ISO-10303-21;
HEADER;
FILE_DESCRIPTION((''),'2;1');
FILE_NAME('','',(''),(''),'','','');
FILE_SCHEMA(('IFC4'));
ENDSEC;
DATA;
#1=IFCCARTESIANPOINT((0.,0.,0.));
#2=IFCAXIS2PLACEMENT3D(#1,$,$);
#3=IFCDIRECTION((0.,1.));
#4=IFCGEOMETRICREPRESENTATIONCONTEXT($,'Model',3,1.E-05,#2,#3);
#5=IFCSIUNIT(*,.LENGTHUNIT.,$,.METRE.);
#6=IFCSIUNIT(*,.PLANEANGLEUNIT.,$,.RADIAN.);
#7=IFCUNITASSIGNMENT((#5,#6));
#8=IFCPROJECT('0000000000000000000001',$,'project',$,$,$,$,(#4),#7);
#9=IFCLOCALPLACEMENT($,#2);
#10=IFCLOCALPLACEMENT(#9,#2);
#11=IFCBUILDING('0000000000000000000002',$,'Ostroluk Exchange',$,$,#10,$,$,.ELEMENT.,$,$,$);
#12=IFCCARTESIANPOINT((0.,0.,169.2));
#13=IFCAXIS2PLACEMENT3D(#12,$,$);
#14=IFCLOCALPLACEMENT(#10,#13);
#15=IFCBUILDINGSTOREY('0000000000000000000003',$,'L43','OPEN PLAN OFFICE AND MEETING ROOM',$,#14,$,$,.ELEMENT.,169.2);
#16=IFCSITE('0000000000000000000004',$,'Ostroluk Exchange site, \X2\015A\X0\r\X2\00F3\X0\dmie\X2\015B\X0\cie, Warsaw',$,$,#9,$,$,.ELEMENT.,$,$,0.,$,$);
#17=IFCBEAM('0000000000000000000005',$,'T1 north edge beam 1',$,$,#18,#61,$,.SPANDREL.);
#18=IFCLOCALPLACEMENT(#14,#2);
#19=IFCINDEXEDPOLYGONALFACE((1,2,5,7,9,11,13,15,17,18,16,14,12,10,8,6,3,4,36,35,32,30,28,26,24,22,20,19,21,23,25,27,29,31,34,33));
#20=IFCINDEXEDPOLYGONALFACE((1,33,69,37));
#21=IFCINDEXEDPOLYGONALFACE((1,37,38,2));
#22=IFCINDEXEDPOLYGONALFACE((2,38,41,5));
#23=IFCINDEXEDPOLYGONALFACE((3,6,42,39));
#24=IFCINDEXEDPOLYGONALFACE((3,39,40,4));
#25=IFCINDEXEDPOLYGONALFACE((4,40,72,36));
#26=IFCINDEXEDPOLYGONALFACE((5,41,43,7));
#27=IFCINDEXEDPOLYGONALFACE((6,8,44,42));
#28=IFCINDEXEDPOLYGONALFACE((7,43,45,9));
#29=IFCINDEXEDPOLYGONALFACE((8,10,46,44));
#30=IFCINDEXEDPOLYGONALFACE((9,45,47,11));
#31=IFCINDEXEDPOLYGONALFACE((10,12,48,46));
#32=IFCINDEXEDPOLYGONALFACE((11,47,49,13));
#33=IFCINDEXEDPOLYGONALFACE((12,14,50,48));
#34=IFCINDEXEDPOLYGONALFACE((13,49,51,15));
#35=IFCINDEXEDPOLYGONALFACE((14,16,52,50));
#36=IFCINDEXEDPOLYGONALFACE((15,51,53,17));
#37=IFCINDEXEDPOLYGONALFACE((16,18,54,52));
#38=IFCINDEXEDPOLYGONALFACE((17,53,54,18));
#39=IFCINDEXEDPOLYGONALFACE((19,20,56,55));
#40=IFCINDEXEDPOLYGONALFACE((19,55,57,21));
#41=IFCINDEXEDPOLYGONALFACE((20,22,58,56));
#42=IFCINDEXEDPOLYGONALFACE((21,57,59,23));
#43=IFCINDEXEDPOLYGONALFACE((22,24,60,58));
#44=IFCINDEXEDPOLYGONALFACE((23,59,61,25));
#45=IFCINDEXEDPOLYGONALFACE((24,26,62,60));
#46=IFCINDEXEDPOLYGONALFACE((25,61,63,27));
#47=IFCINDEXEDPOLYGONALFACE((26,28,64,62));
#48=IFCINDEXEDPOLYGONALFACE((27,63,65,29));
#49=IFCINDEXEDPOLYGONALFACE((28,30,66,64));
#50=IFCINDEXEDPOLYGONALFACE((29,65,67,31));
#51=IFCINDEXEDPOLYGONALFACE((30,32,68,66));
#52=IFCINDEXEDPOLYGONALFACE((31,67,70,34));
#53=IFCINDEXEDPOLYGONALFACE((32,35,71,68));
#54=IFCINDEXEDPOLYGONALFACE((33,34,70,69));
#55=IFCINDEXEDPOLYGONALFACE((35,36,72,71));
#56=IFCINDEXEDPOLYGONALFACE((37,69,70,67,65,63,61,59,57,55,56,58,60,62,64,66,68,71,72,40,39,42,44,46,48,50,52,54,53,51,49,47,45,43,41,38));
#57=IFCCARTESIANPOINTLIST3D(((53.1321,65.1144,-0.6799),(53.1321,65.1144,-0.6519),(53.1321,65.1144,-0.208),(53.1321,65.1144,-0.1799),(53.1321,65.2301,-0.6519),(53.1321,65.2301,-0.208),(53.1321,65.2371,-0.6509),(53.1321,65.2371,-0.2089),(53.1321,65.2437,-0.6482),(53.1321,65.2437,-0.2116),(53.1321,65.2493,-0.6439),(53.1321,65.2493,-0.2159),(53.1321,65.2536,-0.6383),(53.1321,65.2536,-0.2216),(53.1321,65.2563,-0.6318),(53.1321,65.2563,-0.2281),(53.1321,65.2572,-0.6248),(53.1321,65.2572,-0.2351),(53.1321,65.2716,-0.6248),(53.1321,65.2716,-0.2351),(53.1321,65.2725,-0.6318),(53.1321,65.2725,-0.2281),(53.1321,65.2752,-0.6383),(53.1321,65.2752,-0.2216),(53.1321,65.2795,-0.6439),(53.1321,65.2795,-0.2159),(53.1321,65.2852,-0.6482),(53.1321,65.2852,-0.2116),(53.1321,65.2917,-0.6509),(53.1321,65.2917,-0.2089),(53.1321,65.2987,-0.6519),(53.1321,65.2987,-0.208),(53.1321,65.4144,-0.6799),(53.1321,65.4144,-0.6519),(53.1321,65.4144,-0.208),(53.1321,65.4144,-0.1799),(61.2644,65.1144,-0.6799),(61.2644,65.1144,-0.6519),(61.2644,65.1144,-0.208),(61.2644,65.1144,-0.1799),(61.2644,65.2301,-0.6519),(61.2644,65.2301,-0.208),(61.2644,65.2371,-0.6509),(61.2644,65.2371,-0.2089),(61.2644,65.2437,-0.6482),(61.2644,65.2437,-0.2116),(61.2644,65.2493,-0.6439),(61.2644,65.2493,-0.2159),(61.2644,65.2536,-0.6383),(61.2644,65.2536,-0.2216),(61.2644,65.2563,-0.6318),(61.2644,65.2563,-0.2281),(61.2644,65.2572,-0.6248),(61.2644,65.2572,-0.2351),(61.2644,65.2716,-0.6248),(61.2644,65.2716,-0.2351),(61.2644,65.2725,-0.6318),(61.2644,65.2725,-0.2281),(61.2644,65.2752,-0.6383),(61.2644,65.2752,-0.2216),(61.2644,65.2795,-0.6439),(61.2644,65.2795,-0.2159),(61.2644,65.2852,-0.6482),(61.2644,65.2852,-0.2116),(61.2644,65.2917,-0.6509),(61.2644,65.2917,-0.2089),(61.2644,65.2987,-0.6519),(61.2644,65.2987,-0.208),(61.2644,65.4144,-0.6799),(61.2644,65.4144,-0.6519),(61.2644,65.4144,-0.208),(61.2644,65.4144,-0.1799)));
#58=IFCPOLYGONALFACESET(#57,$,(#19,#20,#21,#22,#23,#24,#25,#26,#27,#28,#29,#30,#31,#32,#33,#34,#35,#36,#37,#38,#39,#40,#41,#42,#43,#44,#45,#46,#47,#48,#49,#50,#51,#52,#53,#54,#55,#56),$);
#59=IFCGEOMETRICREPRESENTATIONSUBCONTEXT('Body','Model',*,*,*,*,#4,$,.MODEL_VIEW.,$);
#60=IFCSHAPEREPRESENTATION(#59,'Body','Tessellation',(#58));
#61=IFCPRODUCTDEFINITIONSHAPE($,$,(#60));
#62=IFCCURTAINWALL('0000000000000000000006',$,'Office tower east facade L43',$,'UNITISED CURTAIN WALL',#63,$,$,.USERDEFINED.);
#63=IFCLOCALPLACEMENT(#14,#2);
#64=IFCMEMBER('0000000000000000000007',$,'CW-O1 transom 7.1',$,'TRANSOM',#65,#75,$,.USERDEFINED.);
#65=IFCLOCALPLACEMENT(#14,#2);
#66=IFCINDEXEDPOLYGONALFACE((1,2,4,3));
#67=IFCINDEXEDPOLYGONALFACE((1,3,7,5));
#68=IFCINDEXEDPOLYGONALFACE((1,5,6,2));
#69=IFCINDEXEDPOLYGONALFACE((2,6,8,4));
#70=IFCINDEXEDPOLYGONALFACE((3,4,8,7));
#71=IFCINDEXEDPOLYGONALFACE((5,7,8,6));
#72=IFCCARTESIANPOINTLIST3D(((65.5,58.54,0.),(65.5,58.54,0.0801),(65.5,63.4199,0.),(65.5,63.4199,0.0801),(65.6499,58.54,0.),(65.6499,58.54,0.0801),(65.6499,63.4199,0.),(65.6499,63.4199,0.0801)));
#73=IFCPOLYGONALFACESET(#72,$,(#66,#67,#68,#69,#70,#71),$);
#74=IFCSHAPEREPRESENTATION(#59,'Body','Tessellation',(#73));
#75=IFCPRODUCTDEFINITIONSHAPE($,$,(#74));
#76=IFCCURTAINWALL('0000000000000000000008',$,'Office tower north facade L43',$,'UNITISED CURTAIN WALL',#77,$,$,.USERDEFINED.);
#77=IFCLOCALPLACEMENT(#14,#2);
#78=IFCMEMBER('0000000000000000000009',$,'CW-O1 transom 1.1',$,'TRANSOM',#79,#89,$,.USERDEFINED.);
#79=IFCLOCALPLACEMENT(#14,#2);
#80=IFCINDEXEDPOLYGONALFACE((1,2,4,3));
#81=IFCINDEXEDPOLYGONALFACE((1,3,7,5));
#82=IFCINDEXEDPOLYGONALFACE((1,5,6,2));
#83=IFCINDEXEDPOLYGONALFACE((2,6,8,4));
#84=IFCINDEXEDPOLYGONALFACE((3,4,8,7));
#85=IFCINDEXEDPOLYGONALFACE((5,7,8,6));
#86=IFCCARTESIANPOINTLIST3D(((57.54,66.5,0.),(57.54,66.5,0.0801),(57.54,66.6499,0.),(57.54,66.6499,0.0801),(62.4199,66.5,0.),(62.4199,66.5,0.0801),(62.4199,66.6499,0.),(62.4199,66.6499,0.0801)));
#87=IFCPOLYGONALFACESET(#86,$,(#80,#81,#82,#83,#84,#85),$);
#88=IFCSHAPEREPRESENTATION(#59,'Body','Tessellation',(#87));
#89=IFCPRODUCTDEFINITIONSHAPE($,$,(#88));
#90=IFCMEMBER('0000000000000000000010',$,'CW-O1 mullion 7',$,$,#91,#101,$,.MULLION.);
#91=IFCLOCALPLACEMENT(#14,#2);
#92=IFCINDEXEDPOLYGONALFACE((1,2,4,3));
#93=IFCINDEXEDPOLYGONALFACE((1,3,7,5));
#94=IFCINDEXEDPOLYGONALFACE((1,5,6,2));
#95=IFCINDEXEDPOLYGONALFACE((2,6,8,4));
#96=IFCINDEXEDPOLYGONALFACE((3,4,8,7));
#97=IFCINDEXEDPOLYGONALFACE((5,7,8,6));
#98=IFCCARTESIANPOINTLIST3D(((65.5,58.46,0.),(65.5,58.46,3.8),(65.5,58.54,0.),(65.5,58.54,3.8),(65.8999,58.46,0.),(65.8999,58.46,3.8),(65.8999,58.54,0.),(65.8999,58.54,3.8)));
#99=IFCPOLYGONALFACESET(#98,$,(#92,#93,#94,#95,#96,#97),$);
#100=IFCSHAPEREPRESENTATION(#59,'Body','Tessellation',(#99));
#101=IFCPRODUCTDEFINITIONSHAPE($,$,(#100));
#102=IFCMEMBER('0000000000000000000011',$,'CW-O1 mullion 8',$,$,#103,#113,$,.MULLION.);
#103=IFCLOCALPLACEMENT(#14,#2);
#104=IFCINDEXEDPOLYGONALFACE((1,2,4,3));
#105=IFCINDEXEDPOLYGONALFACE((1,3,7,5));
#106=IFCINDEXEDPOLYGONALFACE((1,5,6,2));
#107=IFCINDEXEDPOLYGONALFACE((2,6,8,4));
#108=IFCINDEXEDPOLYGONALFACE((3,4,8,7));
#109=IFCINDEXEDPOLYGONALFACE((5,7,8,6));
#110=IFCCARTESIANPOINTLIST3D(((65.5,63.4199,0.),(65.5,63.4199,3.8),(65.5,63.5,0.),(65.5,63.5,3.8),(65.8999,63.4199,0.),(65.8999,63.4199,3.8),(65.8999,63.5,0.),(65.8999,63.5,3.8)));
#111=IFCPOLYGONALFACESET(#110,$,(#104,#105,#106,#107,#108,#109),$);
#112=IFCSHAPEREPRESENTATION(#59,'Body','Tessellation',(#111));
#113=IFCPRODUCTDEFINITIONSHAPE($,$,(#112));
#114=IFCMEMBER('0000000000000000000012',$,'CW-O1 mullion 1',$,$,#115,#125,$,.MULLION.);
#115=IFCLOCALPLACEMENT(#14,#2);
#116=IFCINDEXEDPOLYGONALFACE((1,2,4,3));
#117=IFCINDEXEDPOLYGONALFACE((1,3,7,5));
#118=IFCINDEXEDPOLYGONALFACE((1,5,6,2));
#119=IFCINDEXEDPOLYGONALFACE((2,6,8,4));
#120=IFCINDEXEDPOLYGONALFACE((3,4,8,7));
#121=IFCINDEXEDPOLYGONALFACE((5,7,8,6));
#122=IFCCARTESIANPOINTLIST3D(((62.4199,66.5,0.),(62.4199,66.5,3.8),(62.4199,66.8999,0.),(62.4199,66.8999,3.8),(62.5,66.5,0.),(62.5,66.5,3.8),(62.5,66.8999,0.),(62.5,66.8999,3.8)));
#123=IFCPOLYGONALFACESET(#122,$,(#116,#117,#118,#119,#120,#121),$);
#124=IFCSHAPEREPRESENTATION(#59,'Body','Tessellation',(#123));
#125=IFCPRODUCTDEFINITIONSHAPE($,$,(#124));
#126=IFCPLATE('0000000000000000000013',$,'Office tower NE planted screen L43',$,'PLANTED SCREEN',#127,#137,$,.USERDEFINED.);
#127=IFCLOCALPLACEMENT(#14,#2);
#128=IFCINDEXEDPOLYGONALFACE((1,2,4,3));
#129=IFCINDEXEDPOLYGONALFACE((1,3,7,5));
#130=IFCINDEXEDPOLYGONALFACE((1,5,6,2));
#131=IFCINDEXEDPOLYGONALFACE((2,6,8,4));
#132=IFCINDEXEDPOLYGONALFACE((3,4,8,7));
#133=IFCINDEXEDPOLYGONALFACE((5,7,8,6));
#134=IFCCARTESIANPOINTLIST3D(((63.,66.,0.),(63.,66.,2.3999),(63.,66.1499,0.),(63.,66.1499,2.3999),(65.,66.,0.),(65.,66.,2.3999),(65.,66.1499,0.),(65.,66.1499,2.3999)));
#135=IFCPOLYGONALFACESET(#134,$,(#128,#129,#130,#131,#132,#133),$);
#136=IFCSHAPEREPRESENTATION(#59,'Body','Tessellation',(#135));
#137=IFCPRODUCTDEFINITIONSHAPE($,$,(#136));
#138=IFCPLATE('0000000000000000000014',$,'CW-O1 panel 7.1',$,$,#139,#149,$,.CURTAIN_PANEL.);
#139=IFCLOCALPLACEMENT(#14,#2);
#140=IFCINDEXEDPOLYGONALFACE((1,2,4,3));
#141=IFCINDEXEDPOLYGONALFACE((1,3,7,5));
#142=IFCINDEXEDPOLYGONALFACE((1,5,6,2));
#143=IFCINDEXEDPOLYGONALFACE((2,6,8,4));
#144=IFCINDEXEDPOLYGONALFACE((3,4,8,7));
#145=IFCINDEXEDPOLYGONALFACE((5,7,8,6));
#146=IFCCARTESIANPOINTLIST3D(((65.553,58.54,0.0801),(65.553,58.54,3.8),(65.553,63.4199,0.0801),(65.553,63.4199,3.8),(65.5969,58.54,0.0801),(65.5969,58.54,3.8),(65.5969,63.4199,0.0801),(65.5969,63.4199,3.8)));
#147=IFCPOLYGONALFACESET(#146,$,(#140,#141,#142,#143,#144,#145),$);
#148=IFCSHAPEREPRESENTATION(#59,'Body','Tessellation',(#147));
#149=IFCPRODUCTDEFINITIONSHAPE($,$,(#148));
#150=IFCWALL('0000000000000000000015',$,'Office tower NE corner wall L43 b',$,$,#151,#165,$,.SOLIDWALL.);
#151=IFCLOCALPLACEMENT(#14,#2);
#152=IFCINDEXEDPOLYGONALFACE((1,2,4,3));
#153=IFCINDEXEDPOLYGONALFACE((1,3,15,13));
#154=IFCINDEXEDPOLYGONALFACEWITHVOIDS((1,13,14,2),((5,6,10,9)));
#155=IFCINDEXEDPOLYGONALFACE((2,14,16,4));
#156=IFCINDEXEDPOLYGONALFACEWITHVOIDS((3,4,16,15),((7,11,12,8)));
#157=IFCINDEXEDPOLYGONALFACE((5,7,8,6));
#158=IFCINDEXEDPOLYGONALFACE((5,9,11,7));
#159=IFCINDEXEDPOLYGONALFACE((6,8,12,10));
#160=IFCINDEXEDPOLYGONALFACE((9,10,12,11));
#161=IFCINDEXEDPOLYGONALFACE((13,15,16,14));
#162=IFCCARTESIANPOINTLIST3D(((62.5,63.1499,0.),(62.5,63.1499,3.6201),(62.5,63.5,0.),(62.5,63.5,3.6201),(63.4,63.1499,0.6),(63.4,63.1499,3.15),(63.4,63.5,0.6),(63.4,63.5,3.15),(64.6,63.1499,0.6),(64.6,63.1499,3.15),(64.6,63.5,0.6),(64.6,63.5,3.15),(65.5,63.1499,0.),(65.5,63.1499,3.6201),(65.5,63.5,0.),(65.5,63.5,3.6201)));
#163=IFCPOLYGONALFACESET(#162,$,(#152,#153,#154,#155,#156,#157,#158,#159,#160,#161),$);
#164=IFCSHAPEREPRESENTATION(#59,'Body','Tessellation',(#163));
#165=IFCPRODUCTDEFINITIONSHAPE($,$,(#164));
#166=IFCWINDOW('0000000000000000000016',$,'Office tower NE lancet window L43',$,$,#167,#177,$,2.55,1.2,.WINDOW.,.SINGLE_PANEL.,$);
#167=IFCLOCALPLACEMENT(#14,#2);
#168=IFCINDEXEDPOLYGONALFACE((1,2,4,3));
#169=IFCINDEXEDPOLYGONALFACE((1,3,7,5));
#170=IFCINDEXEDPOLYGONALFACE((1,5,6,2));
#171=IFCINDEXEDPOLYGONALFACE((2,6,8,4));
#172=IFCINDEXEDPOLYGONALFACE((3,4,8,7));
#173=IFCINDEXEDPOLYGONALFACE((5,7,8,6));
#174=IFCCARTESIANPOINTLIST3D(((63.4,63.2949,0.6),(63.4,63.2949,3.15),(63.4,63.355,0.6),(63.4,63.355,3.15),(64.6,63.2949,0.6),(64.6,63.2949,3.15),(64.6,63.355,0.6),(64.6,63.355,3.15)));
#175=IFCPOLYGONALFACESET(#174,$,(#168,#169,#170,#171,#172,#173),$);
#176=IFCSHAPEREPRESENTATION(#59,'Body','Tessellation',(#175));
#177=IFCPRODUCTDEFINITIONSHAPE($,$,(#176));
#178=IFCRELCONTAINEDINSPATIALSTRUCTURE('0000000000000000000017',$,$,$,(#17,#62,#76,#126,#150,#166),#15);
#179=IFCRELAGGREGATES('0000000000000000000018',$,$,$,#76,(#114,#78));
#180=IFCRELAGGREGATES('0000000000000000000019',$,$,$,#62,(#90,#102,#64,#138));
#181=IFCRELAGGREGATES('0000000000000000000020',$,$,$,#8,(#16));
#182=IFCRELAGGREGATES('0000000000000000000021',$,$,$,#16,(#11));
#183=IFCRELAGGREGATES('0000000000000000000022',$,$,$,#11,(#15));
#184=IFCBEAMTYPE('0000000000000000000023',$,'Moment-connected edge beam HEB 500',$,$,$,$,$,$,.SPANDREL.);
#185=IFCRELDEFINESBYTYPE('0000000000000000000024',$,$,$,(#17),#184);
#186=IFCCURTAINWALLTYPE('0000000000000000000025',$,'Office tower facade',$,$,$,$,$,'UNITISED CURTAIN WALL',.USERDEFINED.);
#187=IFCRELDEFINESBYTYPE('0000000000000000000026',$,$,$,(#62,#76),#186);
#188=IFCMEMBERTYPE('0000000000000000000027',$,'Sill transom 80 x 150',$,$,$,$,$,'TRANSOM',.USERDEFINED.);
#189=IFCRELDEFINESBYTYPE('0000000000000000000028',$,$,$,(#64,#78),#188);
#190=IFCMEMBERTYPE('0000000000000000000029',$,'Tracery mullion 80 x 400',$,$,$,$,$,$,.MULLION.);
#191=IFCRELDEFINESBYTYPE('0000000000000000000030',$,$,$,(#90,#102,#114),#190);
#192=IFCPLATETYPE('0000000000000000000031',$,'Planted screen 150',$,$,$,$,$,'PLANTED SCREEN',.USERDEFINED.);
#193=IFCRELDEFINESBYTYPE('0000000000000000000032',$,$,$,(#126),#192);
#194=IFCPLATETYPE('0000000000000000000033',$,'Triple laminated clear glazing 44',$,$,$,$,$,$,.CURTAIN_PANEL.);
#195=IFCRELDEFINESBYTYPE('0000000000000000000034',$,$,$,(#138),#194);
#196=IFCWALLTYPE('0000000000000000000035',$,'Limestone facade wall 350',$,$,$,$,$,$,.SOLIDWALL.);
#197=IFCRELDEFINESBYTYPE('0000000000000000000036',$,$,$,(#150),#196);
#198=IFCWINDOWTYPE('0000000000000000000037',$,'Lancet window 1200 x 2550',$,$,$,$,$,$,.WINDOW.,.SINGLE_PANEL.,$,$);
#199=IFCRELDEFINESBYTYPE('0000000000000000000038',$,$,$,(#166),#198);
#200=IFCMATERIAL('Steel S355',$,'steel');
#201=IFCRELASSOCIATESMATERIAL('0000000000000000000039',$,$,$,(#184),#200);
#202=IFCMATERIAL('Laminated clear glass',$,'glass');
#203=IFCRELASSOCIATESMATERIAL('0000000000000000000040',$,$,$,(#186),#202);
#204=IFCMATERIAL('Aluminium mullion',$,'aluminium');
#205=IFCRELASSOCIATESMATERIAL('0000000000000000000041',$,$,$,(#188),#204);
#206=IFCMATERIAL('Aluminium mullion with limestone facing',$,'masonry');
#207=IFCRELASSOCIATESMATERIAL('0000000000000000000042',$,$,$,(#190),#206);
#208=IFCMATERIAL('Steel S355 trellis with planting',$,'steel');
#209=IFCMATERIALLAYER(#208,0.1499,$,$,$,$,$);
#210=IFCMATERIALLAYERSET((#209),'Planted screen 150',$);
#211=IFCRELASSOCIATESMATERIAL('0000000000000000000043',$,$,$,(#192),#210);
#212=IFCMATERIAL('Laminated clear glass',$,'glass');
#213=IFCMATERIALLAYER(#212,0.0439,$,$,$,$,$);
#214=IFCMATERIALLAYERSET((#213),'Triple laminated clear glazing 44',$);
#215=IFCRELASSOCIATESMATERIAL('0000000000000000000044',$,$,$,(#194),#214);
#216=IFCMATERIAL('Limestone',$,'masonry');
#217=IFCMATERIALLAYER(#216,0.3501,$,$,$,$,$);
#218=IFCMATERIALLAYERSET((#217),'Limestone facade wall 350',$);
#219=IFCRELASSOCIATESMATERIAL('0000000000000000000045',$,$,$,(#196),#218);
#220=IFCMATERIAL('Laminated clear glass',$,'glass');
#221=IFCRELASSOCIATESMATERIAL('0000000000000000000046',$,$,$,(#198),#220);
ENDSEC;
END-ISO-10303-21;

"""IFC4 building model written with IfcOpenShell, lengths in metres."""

from ifc_helpers import new_model, si_unit, direction, frame, frame_2d, origin, origin_2d, place, context, subcontext, project, spatial, rectangle, i_section, extrude, material, layer, layer_set, material_profile, profile_set, type_object, element, fill, aggregate, save


model = new_model("IFC4")

# Units and contexts
model_context = context("Model", 3, precision=1e-05, world=origin(), true_north=direction((0.0, 1.0)))
body_context = subcontext(model_context, "Body", "Model", "MODEL_VIEW")
ifc_project = project(units=[si_unit("LENGTHUNIT", "METRE"), si_unit("PLANEANGLEUNIT", "RADIAN")], contexts=[model_context])

# Site, building, storey
site_placement = place(None, origin())
site = spatial("IfcSite", under=ifc_project, at=site_placement, Name="Ostroluk Exchange site, Śródmieście, Warsaw", CompositionType="ELEMENT", RefElevation=0.0)
building_placement = place(site_placement, origin())
building = spatial("IfcBuilding", under=site, at=building_placement, Name="Ostroluk Exchange", CompositionType="ELEMENT")
storey_placement = place(building_placement, frame((0.0, 0.0, 169.2)))
storey = spatial("IfcBuildingStorey", under=building, at=storey_placement, Name="L43", Description="OPEN PLAN OFFICE AND MEETING ROOM", CompositionType="ELEMENT", Elevation=169.2)

# Beam
ifc_material_1 = material(Name="Steel S355", Category="steel")
ifc_material_profile_1 = material_profile(ifc_material_1, i_section(OverallWidth=0.3, OverallDepth=0.5, WebThickness=0.0144, FlangeThickness=0.0281, FilletRadius=0.0271, at=origin_2d()), Name="HEB 500")
ifc_profile_set_1 = profile_set([ifc_material_profile_1], Name="Steel S355")
beam_type_1 = type_object("IfcBeamType", Name="Moment-connected edge beam HEB 500", PredefinedType="SPANDREL", material=ifc_profile_set_1)
beam_1_placement = place(storey_placement, frame((61.2644, 65.2644, -0.4299), z_axis=(-1.0, 0.0, 0.0), x_axis=(0.0, -1.0, 0.0)))
element("IfcBeam", 1, at=beam_1_placement, inside=storey, type_object=beam_type_1, Name="T1 north edge beam 1", PredefinedType="SPANDREL", context=body_context, shape_type="SweptSolid", body=[
    extrude(i_section(OverallWidth=0.3, OverallDepth=0.5, WebThickness=0.0144, FlangeThickness=0.0281, FilletRadius=0.0271, at=origin_2d()), origin(), (0.0, 0.0, 1.0), 8.1323),
])

# Curtain walls, members
ifc_material_2 = material(Name="Laminated clear glass", Category="glass")
curtain_wall_type = type_object("IfcCurtainWallType", Name="Office tower facade", ElementType="UNITISED CURTAIN WALL", PredefinedType="USERDEFINED", material=ifc_material_2)
curtain_wall_1_placement = place(storey_placement, origin())
curtain_wall_1 = element("IfcCurtainWall", 2, at=curtain_wall_1_placement, inside=storey, type_object=curtain_wall_type, Name="Office tower east facade L43", ObjectType="UNITISED CURTAIN WALL", PredefinedType="USERDEFINED")
ifc_material_3 = material(Name="Aluminium mullion", Category="aluminium")
ifc_material_profile_2 = material_profile(ifc_material_3, rectangle(XDim=0.1499, YDim=0.0801, at=origin_2d()), Name="Sill transom 80 x 150")
ifc_profile_set_2 = profile_set([ifc_material_profile_2], Name="Aluminium mullion")
member_type_1 = type_object("IfcMemberType", Name="Sill transom 80 x 150", ElementType="TRANSOM", PredefinedType="USERDEFINED", material=ifc_profile_set_2)
member_1_placement = place(storey_placement, frame((65.575, 58.54, 0.04), z_axis=(0.0, 1.0, 0.0), x_axis=(-1.0, 0.0, 0.0)))
member_1 = element("IfcMember", 3, at=member_1_placement, type_object=member_type_1, Name="CW-O1 transom 7.1", ObjectType="TRANSOM", PredefinedType="USERDEFINED", context=body_context, shape_type="SweptSolid", body=[
    extrude(rectangle(XDim=0.1499, YDim=0.0801, at=origin_2d()), origin(), (0.0, 0.0, 1.0), 4.8799),
])
curtain_wall_2_placement = place(storey_placement, origin())
curtain_wall_2 = element("IfcCurtainWall", 4, at=curtain_wall_2_placement, inside=storey, type_object=curtain_wall_type, Name="Office tower north facade L43", ObjectType="UNITISED CURTAIN WALL", PredefinedType="USERDEFINED")
member_2_placement = place(storey_placement, frame((62.4199, 66.575, 0.04), z_axis=(-1.0, 0.0, 0.0), x_axis=(0.0, -1.0, 0.0)))
member_2 = element("IfcMember", 5, at=member_2_placement, type_object=member_type_1, Name="CW-O1 transom 1.1", ObjectType="TRANSOM", PredefinedType="USERDEFINED", context=body_context, shape_type="SweptSolid", body=[
    extrude(rectangle(XDim=0.1499, YDim=0.0801, at=origin_2d()), origin(), (0.0, 0.0, 1.0), 4.8799),
])

# Members
ifc_material_4 = material(Name="Aluminium mullion with limestone facing", Category="masonry")
ifc_material_profile_3 = material_profile(ifc_material_4, rectangle(XDim=0.3999, YDim=0.0801, at=origin_2d()), Name="Tracery mullion 80 x 400")
ifc_profile_set_3 = profile_set([ifc_material_profile_3], Name="Aluminium mullion with limestone facing")
member_type_2 = type_object("IfcMemberType", Name="Tracery mullion 80 x 400", PredefinedType="MULLION", material=ifc_profile_set_3)
member_3_placement = place(storey_placement, frame((65.7, 58.5, 0.0), z_axis=(0.0, 0.0, 1.0), x_axis=(-1.0, 0.0, 0.0)))
member_3 = element("IfcMember", 6, at=member_3_placement, type_object=member_type_2, Name="CW-O1 mullion 7", PredefinedType="MULLION", context=body_context, shape_type="SweptSolid", body=[
    extrude(rectangle(XDim=0.3999, YDim=0.0801, at=origin_2d()), origin(), (0.0, 0.0, 1.0), 3.8),
])
member_4_placement = place(storey_placement, frame((65.7, 63.46, 0.0), z_axis=(0.0, 0.0, 1.0), x_axis=(-1.0, 0.0, 0.0)))
member_4 = element("IfcMember", 7, at=member_4_placement, type_object=member_type_2, Name="CW-O1 mullion 8", PredefinedType="MULLION", context=body_context, shape_type="SweptSolid", body=[
    extrude(rectangle(XDim=0.3999, YDim=0.0801, at=origin_2d()), origin(), (0.0, 0.0, 1.0), 3.8),
])
member_5_placement = place(storey_placement, frame((62.46, 66.7, 0.0), z_axis=(0.0, 0.0, 1.0), x_axis=(0.0, -1.0, 0.0)))
member_5 = element("IfcMember", 8, at=member_5_placement, type_object=member_type_2, Name="CW-O1 mullion 1", PredefinedType="MULLION", context=body_context, shape_type="SweptSolid", body=[
    extrude(rectangle(XDim=0.3999, YDim=0.0801, at=origin_2d()), origin(), (0.0, 0.0, 1.0), 3.8),
])
aggregate(curtain_wall_2, [member_5, member_2])

# Plates
ifc_material_5 = material(Name="Steel S355 trellis with planting", Category="steel")
ifc_layer_1 = layer(ifc_material_5, 0.1499)
ifc_layer_set_1 = layer_set([ifc_layer_1], Name="Planted screen 150")
plate_type_1 = type_object("IfcPlateType", Name="Planted screen 150", ElementType="PLANTED SCREEN", PredefinedType="USERDEFINED", material=ifc_layer_set_1)
plate_1_placement = place(storey_placement, frame((64.0, 66.075, 0.0), z_axis=(0.0, 0.0, 1.0), x_axis=(1.0, 0.0, 0.0)))
element("IfcPlate", 9, at=plate_1_placement, inside=storey, type_object=plate_type_1, Name="Office tower NE planted screen L43", ObjectType="PLANTED SCREEN", PredefinedType="USERDEFINED", context=body_context, shape_type="SweptSolid", body=[
    extrude(rectangle(XDim=2.0, YDim=0.1499, at=origin_2d()), origin(), (0.0, 0.0, 1.0), 2.3999),
])
ifc_material_6 = material(Name="Laminated clear glass", Category="glass")
ifc_layer_2 = layer(ifc_material_6, 0.0439)
ifc_layer_set_2 = layer_set([ifc_layer_2], Name="Triple laminated clear glazing 44")
plate_type_2 = type_object("IfcPlateType", Name="Triple laminated clear glazing 44", PredefinedType="CURTAIN_PANEL", material=ifc_layer_set_2)
plate_2_placement = place(storey_placement, frame((65.575, 60.98, 0.0801), z_axis=(0.0, 0.0, 1.0), x_axis=(0.0, 1.0, 0.0)))
plate_2 = element("IfcPlate", 10, at=plate_2_placement, type_object=plate_type_2, Name="CW-O1 panel 7.1", PredefinedType="CURTAIN_PANEL", context=body_context, shape_type="SweptSolid", body=[
    extrude(rectangle(XDim=4.8799, YDim=0.0439, at=origin_2d()), origin(), (0.0, 0.0, 1.0), 3.72),
])
aggregate(curtain_wall_1, [member_3, member_4, member_1, plate_2])

# Shared definitions
ifc_material_7 = material(Name="Limestone", Category="masonry")
ifc_layer_3 = layer(ifc_material_7, 0.3501)
ifc_layer_set_3 = layer_set([ifc_layer_3], Name="Limestone facade wall 350")
wall_type = type_object("IfcWallType", Name="Limestone facade wall 350", PredefinedType="SOLIDWALL", material=ifc_layer_set_3)

# Wall, opening, window
wall_1_placement = place(storey_placement, frame((62.5, 63.325, 0.0), z_axis=(0.0, 0.0, 1.0), x_axis=(1.0, 0.0, 0.0)))
wall_1 = element("IfcWall", 11, at=wall_1_placement, inside=storey, type_object=wall_type, Name="Office tower NE corner wall L43 b", PredefinedType="SOLIDWALL", context=body_context, shape_type="SweptSolid", body=[
    extrude(rectangle(XDim=3.0, YDim=0.3501, at=frame_2d((1.5, 0.0))), origin(), (0.0, 0.0, 1.0), 3.6201),
])
opening_1_placement = place(wall_1_placement, frame((0.8999, 0.0, 0.6001)))
opening_1 = element("IfcOpeningElement", 12, at=opening_1_placement, cuts=wall_1, PredefinedType="OPENING", context=body_context, shape_type="SweptSolid", body=[
    extrude(rectangle(XDim=1.2, YDim=2.55, at=frame_2d((0.6001, 1.2749))), frame((0.0, 0.1851, 0.0), z_axis=(0.0, -1.0, 0.0), x_axis=(1.0, 0.0, 0.0)), (0.0, 0.0, 1.0), 0.3701),
])
ifc_material_8 = material(Name="Laminated clear glass", Category="glass")
window_type = type_object("IfcWindowType", Name="Lancet window 1200 x 2550", PartitioningType="SINGLE_PANEL", PredefinedType="WINDOW", material=ifc_material_8)
window_placement = place(opening_1_placement, origin())
window = element("IfcWindow", 13, at=window_placement, inside=storey, type_object=window_type, Name="Office tower NE lancet window L43", OverallHeight=2.55, OverallWidth=1.2, PartitioningType="SINGLE_PANEL", PredefinedType="WINDOW", context=body_context, shape_type="SweptSolid", body=[
    extrude(rectangle(XDim=1.2, YDim=2.55, at=frame_2d((0.6001, 1.2749))), frame((0.0, 0.03, 0.0), z_axis=(0.0, -1.0, 0.0), x_axis=(1.0, 0.0, 0.0)), (0.0, 0.0, 1.0), 0.0601),
])
fill(opening_1, window)

save(model, "model.ifc")
